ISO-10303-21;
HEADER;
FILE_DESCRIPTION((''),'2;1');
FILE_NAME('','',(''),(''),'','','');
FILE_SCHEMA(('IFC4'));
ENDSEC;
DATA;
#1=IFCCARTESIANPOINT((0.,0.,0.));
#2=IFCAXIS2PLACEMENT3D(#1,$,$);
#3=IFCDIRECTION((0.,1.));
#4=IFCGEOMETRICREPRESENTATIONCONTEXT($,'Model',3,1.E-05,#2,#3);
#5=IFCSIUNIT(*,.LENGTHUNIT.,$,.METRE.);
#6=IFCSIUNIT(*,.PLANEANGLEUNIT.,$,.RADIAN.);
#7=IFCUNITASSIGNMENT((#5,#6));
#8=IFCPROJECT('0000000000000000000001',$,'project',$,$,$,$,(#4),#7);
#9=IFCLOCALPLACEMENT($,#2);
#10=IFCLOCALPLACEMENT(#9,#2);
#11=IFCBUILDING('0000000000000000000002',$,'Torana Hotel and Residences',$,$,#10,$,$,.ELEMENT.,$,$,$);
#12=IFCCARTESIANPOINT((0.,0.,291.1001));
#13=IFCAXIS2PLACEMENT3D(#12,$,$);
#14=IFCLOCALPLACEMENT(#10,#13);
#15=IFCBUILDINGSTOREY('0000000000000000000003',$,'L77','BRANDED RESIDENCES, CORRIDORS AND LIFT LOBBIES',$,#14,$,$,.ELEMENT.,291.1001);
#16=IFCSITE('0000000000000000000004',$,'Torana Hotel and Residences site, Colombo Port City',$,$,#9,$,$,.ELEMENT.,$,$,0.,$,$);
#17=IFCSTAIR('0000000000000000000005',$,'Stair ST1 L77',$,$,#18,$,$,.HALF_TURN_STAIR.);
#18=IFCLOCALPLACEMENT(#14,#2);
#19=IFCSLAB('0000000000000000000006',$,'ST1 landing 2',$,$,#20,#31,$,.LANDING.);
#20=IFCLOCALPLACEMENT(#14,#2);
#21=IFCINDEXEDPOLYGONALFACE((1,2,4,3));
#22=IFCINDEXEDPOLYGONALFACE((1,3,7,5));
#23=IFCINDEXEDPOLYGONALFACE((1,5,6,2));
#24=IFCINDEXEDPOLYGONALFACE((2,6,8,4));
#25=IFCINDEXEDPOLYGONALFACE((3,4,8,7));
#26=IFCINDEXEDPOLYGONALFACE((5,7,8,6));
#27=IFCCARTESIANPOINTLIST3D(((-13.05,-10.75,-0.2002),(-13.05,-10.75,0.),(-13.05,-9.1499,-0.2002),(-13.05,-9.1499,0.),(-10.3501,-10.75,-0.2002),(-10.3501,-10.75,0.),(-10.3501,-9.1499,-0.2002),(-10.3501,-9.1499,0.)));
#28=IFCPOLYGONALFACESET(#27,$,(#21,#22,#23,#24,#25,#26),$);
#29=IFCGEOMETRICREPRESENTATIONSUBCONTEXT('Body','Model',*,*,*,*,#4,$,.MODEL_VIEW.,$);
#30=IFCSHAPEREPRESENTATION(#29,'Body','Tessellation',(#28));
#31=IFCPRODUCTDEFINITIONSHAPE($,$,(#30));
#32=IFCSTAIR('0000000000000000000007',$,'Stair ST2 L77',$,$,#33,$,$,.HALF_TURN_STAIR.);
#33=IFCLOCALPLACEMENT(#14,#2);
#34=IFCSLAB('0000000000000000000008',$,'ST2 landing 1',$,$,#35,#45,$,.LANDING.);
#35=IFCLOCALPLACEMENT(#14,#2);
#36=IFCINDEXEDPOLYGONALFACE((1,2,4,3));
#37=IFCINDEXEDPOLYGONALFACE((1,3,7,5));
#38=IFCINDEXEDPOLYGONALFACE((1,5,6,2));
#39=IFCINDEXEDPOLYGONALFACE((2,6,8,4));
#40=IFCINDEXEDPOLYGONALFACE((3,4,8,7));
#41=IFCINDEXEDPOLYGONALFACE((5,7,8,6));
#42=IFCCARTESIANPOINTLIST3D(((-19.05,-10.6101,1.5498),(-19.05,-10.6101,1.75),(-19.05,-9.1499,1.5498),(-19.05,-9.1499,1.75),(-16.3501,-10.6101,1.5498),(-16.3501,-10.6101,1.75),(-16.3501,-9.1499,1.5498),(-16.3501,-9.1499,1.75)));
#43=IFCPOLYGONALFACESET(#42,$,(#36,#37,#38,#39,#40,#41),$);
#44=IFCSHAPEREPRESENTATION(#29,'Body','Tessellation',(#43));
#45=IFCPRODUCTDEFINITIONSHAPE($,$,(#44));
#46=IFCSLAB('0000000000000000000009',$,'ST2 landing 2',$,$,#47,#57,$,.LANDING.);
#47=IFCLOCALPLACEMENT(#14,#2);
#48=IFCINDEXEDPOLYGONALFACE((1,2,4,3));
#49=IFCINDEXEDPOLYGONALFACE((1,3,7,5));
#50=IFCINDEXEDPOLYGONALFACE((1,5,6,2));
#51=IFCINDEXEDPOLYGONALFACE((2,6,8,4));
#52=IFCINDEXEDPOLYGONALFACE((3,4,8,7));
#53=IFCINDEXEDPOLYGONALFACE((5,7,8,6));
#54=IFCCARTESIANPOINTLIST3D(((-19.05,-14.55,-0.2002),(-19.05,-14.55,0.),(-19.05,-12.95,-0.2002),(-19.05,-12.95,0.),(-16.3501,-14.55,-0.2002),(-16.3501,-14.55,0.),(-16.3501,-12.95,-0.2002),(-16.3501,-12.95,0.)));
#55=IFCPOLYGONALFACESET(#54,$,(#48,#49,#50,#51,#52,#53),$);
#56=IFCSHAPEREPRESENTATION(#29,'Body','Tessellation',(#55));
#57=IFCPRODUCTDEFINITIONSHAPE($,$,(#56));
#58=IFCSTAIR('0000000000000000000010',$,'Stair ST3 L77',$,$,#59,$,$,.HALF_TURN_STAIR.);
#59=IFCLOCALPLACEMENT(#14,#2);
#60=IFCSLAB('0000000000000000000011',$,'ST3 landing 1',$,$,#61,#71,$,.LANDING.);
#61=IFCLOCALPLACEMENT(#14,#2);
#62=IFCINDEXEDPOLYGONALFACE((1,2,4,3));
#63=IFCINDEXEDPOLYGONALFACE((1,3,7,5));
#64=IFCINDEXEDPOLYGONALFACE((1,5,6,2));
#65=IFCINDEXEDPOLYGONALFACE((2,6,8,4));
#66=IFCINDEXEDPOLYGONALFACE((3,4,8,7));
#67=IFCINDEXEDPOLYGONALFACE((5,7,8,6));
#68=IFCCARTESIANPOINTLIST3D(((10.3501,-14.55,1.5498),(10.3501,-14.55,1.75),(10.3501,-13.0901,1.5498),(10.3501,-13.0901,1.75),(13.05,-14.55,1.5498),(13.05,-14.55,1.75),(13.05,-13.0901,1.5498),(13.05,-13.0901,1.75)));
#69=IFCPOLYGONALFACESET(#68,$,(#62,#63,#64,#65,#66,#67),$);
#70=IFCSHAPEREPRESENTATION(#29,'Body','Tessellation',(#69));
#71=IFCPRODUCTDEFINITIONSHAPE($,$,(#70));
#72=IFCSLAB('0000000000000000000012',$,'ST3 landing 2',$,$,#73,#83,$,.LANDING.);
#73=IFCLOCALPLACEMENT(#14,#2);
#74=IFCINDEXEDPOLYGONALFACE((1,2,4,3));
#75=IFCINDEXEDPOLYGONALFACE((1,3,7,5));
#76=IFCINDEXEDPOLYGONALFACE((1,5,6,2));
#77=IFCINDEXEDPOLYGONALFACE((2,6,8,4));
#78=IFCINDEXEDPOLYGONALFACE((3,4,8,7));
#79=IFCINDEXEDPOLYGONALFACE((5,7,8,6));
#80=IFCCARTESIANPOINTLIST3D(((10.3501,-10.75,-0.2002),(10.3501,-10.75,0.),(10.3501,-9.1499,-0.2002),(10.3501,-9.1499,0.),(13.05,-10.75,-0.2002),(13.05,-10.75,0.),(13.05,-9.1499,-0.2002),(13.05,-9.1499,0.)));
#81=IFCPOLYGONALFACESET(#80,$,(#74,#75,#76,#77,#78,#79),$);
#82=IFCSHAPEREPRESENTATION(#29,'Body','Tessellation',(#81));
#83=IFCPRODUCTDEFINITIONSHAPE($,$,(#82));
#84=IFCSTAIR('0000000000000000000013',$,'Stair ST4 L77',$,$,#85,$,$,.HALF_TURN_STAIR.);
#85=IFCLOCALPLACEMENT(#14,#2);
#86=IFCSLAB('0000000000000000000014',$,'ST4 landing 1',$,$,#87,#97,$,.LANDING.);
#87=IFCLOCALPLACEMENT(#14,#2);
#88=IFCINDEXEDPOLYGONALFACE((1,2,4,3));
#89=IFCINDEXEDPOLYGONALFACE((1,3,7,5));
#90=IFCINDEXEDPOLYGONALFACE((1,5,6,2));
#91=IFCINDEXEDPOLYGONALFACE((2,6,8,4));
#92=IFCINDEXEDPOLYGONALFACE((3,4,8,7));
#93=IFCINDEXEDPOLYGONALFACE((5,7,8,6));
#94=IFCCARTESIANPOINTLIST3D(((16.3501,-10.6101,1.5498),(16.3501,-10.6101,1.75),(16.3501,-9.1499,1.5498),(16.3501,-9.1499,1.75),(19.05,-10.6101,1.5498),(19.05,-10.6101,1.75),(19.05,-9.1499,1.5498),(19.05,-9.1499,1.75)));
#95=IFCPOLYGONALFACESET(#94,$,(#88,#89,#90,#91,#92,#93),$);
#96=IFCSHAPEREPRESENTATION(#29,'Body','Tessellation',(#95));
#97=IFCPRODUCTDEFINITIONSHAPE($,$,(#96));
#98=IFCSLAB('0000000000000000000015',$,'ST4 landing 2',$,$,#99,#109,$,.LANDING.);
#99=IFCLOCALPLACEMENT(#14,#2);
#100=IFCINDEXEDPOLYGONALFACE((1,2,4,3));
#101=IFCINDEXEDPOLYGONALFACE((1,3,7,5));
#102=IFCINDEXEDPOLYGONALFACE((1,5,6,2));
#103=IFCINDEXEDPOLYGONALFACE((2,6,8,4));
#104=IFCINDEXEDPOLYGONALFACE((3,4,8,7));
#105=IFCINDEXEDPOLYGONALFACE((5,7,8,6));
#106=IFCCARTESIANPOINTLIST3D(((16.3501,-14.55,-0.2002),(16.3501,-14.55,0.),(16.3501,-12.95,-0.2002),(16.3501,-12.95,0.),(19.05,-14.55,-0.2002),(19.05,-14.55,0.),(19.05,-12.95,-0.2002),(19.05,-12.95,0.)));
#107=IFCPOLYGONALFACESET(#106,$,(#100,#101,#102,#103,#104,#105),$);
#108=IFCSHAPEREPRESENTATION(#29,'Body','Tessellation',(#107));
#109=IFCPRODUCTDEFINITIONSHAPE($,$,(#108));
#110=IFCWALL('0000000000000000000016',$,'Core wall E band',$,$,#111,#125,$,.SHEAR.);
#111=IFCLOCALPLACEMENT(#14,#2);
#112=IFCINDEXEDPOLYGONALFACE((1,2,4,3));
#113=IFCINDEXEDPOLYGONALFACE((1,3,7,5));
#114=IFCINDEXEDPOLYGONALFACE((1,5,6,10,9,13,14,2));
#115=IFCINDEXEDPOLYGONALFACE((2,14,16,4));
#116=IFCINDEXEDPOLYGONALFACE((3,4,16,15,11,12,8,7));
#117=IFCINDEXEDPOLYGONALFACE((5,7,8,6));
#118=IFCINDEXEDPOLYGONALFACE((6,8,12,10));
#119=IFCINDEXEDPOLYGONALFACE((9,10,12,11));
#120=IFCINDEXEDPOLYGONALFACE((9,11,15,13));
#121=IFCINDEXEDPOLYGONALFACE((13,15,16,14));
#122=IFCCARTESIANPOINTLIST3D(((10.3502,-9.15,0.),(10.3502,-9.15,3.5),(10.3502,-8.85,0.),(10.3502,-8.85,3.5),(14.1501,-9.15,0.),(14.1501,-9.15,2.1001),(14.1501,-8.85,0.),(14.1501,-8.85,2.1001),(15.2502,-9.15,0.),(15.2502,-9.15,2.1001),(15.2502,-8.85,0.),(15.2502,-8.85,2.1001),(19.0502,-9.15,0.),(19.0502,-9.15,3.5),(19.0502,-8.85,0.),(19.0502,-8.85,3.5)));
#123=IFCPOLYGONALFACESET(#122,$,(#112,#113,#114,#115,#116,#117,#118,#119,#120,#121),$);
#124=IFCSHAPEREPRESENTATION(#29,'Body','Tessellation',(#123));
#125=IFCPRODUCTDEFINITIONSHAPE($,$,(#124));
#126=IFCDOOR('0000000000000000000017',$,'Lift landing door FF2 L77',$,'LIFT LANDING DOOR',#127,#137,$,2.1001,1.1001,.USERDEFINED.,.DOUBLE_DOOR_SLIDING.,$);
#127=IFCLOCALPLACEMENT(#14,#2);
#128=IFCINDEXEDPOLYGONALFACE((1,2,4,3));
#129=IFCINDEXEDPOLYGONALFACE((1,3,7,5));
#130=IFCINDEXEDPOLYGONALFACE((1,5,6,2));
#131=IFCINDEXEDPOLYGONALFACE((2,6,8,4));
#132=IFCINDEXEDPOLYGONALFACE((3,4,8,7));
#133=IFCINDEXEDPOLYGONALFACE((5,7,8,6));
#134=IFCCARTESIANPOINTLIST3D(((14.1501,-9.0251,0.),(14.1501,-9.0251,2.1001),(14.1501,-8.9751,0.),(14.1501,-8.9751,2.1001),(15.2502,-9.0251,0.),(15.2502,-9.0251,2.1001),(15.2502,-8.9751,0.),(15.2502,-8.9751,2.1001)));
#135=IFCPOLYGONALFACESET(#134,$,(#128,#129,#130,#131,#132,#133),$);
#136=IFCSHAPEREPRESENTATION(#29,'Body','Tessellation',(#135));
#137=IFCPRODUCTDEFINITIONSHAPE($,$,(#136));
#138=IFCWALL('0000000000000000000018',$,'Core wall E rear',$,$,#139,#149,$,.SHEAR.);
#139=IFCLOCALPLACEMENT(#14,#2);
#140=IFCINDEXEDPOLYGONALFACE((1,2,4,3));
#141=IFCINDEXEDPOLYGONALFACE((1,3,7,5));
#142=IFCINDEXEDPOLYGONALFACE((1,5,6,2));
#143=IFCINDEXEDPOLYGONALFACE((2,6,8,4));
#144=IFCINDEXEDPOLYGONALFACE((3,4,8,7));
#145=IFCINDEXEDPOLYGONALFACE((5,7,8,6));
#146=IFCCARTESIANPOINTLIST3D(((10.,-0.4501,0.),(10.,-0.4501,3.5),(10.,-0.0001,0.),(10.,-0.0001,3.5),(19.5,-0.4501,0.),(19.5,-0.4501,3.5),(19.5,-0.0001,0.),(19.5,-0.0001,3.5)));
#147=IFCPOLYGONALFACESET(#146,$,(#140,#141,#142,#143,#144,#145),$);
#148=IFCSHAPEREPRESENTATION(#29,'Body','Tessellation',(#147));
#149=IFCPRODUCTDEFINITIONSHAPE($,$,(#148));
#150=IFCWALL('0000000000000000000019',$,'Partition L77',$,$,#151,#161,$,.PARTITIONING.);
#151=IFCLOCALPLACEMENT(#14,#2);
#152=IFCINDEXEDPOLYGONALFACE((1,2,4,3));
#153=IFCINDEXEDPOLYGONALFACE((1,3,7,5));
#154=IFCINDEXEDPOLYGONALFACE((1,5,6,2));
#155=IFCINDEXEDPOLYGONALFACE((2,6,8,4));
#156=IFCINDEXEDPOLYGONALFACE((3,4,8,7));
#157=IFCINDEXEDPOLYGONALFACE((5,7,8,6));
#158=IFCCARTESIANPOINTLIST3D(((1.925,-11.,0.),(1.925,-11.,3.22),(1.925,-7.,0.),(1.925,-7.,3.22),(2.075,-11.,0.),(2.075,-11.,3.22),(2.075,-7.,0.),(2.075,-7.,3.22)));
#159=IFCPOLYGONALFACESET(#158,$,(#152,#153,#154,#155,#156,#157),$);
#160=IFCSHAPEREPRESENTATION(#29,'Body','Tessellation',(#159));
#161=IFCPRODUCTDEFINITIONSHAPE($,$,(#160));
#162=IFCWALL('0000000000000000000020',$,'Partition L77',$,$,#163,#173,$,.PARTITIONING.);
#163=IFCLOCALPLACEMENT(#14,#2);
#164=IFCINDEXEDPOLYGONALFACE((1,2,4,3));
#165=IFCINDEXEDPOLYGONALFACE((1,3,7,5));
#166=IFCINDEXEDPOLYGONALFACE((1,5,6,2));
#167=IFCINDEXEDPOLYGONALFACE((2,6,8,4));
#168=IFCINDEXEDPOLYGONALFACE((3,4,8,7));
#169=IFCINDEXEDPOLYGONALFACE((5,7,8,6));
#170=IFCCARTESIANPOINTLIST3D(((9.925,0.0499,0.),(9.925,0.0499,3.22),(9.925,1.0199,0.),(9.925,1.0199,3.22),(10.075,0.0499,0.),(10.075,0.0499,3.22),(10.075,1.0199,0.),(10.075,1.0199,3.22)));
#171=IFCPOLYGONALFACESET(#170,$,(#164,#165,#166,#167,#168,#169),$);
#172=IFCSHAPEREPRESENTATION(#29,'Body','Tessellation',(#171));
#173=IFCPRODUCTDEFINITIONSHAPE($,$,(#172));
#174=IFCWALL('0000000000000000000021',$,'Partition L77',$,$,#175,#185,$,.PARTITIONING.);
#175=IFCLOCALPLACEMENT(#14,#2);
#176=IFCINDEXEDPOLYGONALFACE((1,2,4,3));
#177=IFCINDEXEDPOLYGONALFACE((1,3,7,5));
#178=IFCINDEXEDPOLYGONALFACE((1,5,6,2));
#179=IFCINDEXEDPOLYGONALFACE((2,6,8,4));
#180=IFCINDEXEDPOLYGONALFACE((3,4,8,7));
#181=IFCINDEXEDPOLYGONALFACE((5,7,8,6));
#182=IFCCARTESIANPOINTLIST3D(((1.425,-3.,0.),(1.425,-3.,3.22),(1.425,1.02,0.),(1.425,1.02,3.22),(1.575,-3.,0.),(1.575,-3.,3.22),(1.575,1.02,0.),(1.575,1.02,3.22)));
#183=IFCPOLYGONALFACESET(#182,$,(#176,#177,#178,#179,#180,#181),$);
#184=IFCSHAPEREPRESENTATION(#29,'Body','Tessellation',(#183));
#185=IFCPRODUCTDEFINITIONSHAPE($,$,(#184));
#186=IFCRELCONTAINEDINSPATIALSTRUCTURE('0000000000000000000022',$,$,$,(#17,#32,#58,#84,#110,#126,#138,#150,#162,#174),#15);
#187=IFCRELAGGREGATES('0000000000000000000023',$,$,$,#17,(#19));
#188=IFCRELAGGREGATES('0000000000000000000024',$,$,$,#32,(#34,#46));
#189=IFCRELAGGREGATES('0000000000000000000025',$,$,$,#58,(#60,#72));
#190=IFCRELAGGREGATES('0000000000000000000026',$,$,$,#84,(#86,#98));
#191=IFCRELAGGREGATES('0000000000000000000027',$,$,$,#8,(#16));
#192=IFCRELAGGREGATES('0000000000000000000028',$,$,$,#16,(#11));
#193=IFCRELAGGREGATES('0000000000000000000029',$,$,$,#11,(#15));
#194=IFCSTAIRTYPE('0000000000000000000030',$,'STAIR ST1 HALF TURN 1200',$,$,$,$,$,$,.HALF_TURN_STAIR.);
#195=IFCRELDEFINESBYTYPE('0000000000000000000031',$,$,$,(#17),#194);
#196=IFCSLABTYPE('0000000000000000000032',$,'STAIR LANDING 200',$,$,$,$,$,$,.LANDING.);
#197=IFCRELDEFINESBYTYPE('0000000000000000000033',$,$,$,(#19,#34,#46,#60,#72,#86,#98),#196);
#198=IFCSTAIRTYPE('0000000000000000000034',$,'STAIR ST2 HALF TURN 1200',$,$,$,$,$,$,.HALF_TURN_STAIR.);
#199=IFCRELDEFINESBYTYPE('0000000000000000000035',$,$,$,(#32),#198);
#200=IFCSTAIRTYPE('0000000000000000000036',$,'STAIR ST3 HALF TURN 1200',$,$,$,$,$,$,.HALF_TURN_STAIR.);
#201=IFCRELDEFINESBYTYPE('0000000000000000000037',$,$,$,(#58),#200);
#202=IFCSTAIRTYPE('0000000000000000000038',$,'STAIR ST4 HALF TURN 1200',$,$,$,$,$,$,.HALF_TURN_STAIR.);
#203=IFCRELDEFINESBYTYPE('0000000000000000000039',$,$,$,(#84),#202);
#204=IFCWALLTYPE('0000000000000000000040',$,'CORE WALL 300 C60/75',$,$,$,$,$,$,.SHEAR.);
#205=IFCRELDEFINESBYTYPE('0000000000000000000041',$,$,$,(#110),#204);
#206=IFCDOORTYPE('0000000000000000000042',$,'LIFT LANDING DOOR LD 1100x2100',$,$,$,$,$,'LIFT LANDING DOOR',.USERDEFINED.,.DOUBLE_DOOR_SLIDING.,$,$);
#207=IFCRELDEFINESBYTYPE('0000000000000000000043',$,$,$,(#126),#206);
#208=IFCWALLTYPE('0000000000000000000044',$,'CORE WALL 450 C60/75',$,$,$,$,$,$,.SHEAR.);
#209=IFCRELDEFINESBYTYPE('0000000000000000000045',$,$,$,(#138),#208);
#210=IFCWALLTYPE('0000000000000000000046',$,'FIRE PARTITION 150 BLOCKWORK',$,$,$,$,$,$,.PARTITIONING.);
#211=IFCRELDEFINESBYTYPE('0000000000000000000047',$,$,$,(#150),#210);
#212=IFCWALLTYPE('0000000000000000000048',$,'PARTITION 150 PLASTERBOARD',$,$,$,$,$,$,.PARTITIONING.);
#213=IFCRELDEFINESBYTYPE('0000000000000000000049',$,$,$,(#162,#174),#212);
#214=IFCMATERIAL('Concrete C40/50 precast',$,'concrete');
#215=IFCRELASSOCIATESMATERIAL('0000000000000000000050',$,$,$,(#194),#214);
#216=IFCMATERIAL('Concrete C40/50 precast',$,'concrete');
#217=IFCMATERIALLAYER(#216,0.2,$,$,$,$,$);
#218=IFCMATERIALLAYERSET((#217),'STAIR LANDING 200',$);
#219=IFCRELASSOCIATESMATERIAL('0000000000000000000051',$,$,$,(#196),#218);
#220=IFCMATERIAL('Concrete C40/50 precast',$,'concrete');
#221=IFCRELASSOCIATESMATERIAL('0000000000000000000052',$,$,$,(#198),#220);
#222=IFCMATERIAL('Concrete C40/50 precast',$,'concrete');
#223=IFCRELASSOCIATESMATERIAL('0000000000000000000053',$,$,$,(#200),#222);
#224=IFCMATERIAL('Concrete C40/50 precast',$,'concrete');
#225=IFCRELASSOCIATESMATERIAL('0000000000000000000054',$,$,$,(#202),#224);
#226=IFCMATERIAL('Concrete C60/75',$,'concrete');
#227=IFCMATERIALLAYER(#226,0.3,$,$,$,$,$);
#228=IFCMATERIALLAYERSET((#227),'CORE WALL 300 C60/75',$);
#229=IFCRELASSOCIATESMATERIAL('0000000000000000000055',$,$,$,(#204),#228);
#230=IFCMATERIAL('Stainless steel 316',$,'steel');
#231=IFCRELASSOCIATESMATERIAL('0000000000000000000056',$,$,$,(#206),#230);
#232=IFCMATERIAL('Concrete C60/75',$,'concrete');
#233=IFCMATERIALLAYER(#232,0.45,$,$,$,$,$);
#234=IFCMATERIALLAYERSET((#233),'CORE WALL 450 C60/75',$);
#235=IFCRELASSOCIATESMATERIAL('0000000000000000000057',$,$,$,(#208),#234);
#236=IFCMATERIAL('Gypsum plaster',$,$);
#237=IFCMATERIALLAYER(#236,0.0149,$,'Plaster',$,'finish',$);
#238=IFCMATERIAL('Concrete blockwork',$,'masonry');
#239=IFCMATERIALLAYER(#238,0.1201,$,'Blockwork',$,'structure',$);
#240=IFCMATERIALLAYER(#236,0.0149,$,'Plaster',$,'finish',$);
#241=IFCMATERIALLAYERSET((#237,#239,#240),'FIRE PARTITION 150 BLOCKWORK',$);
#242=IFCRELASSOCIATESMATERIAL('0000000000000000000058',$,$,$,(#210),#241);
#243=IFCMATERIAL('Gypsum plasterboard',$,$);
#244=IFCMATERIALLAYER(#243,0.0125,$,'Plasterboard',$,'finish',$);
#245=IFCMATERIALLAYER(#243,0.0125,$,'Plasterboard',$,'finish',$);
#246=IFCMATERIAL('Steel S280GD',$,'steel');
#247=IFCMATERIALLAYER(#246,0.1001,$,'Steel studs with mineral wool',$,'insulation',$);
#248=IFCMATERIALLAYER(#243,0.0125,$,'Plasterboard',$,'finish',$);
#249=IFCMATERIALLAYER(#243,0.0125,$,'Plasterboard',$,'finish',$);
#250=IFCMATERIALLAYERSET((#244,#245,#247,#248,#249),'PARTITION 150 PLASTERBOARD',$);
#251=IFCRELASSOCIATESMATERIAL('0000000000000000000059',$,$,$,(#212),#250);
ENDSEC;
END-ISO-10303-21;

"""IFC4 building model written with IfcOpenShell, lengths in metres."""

from ifc_helpers import new_model, si_unit, direction, frame, frame_2d, origin, place, context, subcontext, project, spatial, polyline, rectangle, outline, extrude, material, layer, layer_set, type_object, element, fill, aggregate, save


model = new_model("IFC4")

# Units and contexts
model_context = context("Model", 3, precision=1e-05, world=origin(), true_north=direction((0.0, 1.0)))
body_context = subcontext(model_context, "Body", "Model", "MODEL_VIEW")
ifc_project = project(units=[si_unit("LENGTHUNIT", "METRE"), si_unit("PLANEANGLEUNIT", "RADIAN")], contexts=[model_context])

# Site, building, storey
site_placement = place(None, origin())
site = spatial("IfcSite", under=ifc_project, at=site_placement, Name="Torana Hotel and Residences site, Colombo Port City", CompositionType="ELEMENT", RefElevation=0.0)
building_placement = place(site_placement, origin())
building = spatial("IfcBuilding", under=site, at=building_placement, Name="Torana Hotel and Residences", CompositionType="ELEMENT")
storey_placement = place(building_placement, frame((0.0, 0.0, 291.1001)))
storey = spatial("IfcBuildingStorey", under=building, at=storey_placement, Name="L77", Description="BRANDED RESIDENCES, CORRIDORS AND LIFT LOBBIES", CompositionType="ELEMENT", Elevation=291.1001)

# Stairs, slabs
ifc_material_1 = material(Name="Concrete C40/50 precast", Category="concrete")
stair_type_1 = type_object("IfcStairType", Name="STAIR ST1 HALF TURN 1200", PredefinedType="HALF_TURN_STAIR", material=ifc_material_1)
stair_1_placement = place(storey_placement, origin())
stair_1 = element("IfcStair", 1, at=stair_1_placement, inside=storey, type_object=stair_type_1, Name="Stair ST1 L77", PredefinedType="HALF_TURN_STAIR")
ifc_material_2 = material(Name="Concrete C40/50 precast", Category="concrete")
ifc_layer_1 = layer(ifc_material_2, 0.2)
ifc_layer_set_1 = layer_set([ifc_layer_1], Name="STAIR LANDING 200")
slab_type_1 = type_object("IfcSlabType", Name="STAIR LANDING 200", PredefinedType="LANDING", material=ifc_layer_set_1)
slab_1_placement = place(storey_placement, frame((0.0, 0.0, -0.2002)))
slab_1 = element("IfcSlab", 2, at=slab_1_placement, type_object=slab_type_1, Name="ST1 landing 2", PredefinedType="LANDING", context=body_context, shape_type="SweptSolid", body=[
    extrude(outline(polyline([(-13.05, -10.75), (-10.3501, -10.75), (-10.3501, -9.1499), (-13.05, -9.1499), (-13.05, -10.75)])), origin(), (0.0, 0.0, 1.0), 0.2002),
])
aggregate(stair_1, [slab_1])
ifc_material_3 = material(Name="Concrete C40/50 precast", Category="concrete")
stair_type_2 = type_object("IfcStairType", Name="STAIR ST2 HALF TURN 1200", PredefinedType="HALF_TURN_STAIR", material=ifc_material_3)
stair_2_placement = place(storey_placement, origin())
stair_2 = element("IfcStair", 3, at=stair_2_placement, inside=storey, type_object=stair_type_2, Name="Stair ST2 L77", PredefinedType="HALF_TURN_STAIR")
slab_2_placement = place(storey_placement, frame((0.0, 0.0, 1.5498)))
slab_2 = element("IfcSlab", 4, at=slab_2_placement, type_object=slab_type_1, Name="ST2 landing 1", PredefinedType="LANDING", context=body_context, shape_type="SweptSolid", body=[
    extrude(outline(polyline([(-19.05, -10.6101), (-16.3501, -10.6101), (-16.3501, -9.1499), (-19.05, -9.1499), (-19.05, -10.6101)])), origin(), (0.0, 0.0, 1.0), 0.2002),
])
slab_3_placement = place(storey_placement, frame((0.0, 0.0, -0.2002)))
slab_3 = element("IfcSlab", 5, at=slab_3_placement, type_object=slab_type_1, Name="ST2 landing 2", PredefinedType="LANDING", context=body_context, shape_type="SweptSolid", body=[
    extrude(outline(polyline([(-19.05, -14.55), (-16.3501, -14.55), (-16.3501, -12.95), (-19.05, -12.95), (-19.05, -14.55)])), origin(), (0.0, 0.0, 1.0), 0.2002),
])
aggregate(stair_2, [slab_2, slab_3])
ifc_material_4 = material(Name="Concrete C40/50 precast", Category="concrete")
stair_type_3 = type_object("IfcStairType", Name="STAIR ST3 HALF TURN 1200", PredefinedType="HALF_TURN_STAIR", material=ifc_material_4)
stair_3_placement = place(storey_placement, origin())
stair_3 = element("IfcStair", 6, at=stair_3_placement, inside=storey, type_object=stair_type_3, Name="Stair ST3 L77", PredefinedType="HALF_TURN_STAIR")
slab_4_placement = place(storey_placement, frame((0.0, 0.0, 1.5498)))
slab_4 = element("IfcSlab", 7, at=slab_4_placement, type_object=slab_type_1, Name="ST3 landing 1", PredefinedType="LANDING", context=body_context, shape_type="SweptSolid", body=[
    extrude(outline(polyline([(10.3501, -14.55), (13.05, -14.55), (13.05, -13.0901), (10.3501, -13.0901), (10.3501, -14.55)])), origin(), (0.0, 0.0, 1.0), 0.2002),
])
slab_5_placement = place(storey_placement, frame((0.0, 0.0, -0.2002)))
slab_5 = element("IfcSlab", 8, at=slab_5_placement, type_object=slab_type_1, Name="ST3 landing 2", PredefinedType="LANDING", context=body_context, shape_type="SweptSolid", body=[
    extrude(outline(polyline([(10.3501, -10.75), (13.05, -10.75), (13.05, -9.1499), (10.3501, -9.1499), (10.3501, -10.75)])), origin(), (0.0, 0.0, 1.0), 0.2002),
])
aggregate(stair_3, [slab_4, slab_5])
ifc_material_5 = material(Name="Concrete C40/50 precast", Category="concrete")
stair_type_4 = type_object("IfcStairType", Name="STAIR ST4 HALF TURN 1200", PredefinedType="HALF_TURN_STAIR", material=ifc_material_5)
stair_4_placement = place(storey_placement, origin())
stair_4 = element("IfcStair", 9, at=stair_4_placement, inside=storey, type_object=stair_type_4, Name="Stair ST4 L77", PredefinedType="HALF_TURN_STAIR")
slab_6_placement = place(storey_placement, frame((0.0, 0.0, 1.5498)))
slab_6 = element("IfcSlab", 10, at=slab_6_placement, type_object=slab_type_1, Name="ST4 landing 1", PredefinedType="LANDING", context=body_context, shape_type="SweptSolid", body=[
    extrude(outline(polyline([(16.3501, -10.6101), (19.05, -10.6101), (19.05, -9.1499), (16.3501, -9.1499), (16.3501, -10.6101)])), origin(), (0.0, 0.0, 1.0), 0.2002),
])
slab_7_placement = place(storey_placement, frame((0.0, 0.0, -0.2002)))
slab_7 = element("IfcSlab", 11, at=slab_7_placement, type_object=slab_type_1, Name="ST4 landing 2", PredefinedType="LANDING", context=body_context, shape_type="SweptSolid", body=[
    extrude(outline(polyline([(16.3501, -14.55), (19.05, -14.55), (19.05, -12.95), (16.3501, -12.95), (16.3501, -14.55)])), origin(), (0.0, 0.0, 1.0), 0.2002),
])
aggregate(stair_4, [slab_6, slab_7])

# Wall, opening, door
ifc_material_6 = material(Name="Concrete C60/75", Category="concrete")
ifc_layer_2 = layer(ifc_material_6, 0.3)
ifc_layer_set_2 = layer_set([ifc_layer_2], Name="CORE WALL 300 C60/75")
wall_type_1 = type_object("IfcWallType", Name="CORE WALL 300 C60/75", PredefinedType="SHEAR", material=ifc_layer_set_2)
wall_1_placement = place(storey_placement, frame((10.3501, -9.0, 0.0), z_axis=(0.0, 0.0, 1.0), x_axis=(1.0, 0.0, 0.0)))
wall_1 = element("IfcWall", 12, at=wall_1_placement, inside=storey, type_object=wall_type_1, Name="Core wall E band", PredefinedType="SHEAR", context=body_context, shape_type="SweptSolid", body=[
    extrude(rectangle(XDim=8.7, YDim=0.3, at=frame_2d((4.3501, 0.0))), origin(), (0.0, 0.0, 1.0), 3.5),
])
opening_placement = place(wall_1_placement, frame((3.8, 0.0, 0.0)))
opening = element("IfcOpeningElement", 13, at=opening_placement, cuts=wall_1, PredefinedType="OPENING", context=body_context, shape_type="SweptSolid", body=[
    extrude(rectangle(XDim=1.1001, YDim=2.1001, at=frame_2d((0.55, 1.05))), frame((0.0, 0.1599, 0.0), z_axis=(0.0, -1.0, 0.0), x_axis=(1.0, 0.0, 0.0)), (0.0, 0.0, 1.0), 0.3201),
])
ifc_material_7 = material(Name="Stainless steel 316", Category="steel")
door_type = type_object("IfcDoorType", Name="LIFT LANDING DOOR LD 1100x2100", ElementType="LIFT LANDING DOOR", OperationType="DOUBLE_DOOR_SLIDING", PredefinedType="USERDEFINED", material=ifc_material_7)
door_placement = place(opening_placement, origin())
door = element("IfcDoor", 14, at=door_placement, inside=storey, type_object=door_type, Name="Lift landing door FF2 L77", ObjectType="LIFT LANDING DOOR", OperationType="DOUBLE_DOOR_SLIDING", OverallHeight=2.1001, OverallWidth=1.1001, PredefinedType="USERDEFINED", context=body_context, shape_type="SweptSolid", body=[
    extrude(rectangle(XDim=1.1001, YDim=2.1001, at=frame_2d((0.55, 1.05))), frame((0.0, 0.0249, 0.0), z_axis=(0.0, -1.0, 0.0), x_axis=(1.0, 0.0, 0.0)), (0.0, 0.0, 1.0), 0.05),
])
fill(opening, door)

# Walls
ifc_material_8 = material(Name="Concrete C60/75", Category="concrete")
ifc_layer_3 = layer(ifc_material_8, 0.45)
ifc_layer_set_3 = layer_set([ifc_layer_3], Name="CORE WALL 450 C60/75")
wall_type_2 = type_object("IfcWallType", Name="CORE WALL 450 C60/75", PredefinedType="SHEAR", material=ifc_layer_set_3)
wall_2_placement = place(storey_placement, frame((10.0, -0.2251, 0.0), z_axis=(0.0, 0.0, 1.0), x_axis=(1.0, 0.0, 0.0)))
element("IfcWall", 15, at=wall_2_placement, inside=storey, type_object=wall_type_2, Name="Core wall E rear", PredefinedType="SHEAR", context=body_context, shape_type="SweptSolid", body=[
    extrude(rectangle(XDim=9.5, YDim=0.45, at=frame_2d((4.75, 0.0))), origin(), (0.0, 0.0, 1.0), 3.5),
])
ifc_material_9 = material(Name="Gypsum plaster")
ifc_layer_4 = layer(ifc_material_9, 0.0149, Name="Plaster", Category="finish")
ifc_material_10 = material(Name="Concrete blockwork", Category="masonry")
ifc_layer_5 = layer(ifc_material_10, 0.1201, Name="Blockwork", Category="structure")
ifc_layer_6 = layer(ifc_material_9, 0.0149, Name="Plaster", Category="finish")
ifc_layer_set_4 = layer_set([ifc_layer_4, ifc_layer_5, ifc_layer_6], Name="FIRE PARTITION 150 BLOCKWORK")
wall_type_3 = type_object("IfcWallType", Name="FIRE PARTITION 150 BLOCKWORK", PredefinedType="PARTITIONING", material=ifc_layer_set_4)
wall_3_placement = place(storey_placement, frame((2.0, -11.0, 0.0), z_axis=(0.0, 0.0, 1.0), x_axis=(0.0, 1.0, 0.0)))
element("IfcWall", 16, at=wall_3_placement, inside=storey, type_object=wall_type_3, Name="Partition L77", PredefinedType="PARTITIONING", context=body_context, shape_type="SweptSolid", body=[
    extrude(rectangle(XDim=4.0, YDim=0.1499, at=frame_2d((2.0, 0.0))), origin(), (0.0, 0.0, 1.0), 3.22),
])
ifc_material_11 = material(Name="Gypsum plasterboard")
ifc_layer_7 = layer(ifc_material_11, 0.0125, Name="Plasterboard", Category="finish")
ifc_layer_8 = layer(ifc_material_11, 0.0125, Name="Plasterboard", Category="finish")
ifc_material_12 = material(Name="Steel S280GD", Category="steel")
ifc_layer_9 = layer(ifc_material_12, 0.1001, Name="Steel studs with mineral wool", Category="insulation")
ifc_layer_10 = layer(ifc_material_11, 0.0125, Name="Plasterboard", Category="finish")
ifc_layer_11 = layer(ifc_material_11, 0.0125, Name="Plasterboard", Category="finish")
ifc_layer_set_5 = layer_set([ifc_layer_7, ifc_layer_8, ifc_layer_9, ifc_layer_10, ifc_layer_11], Name="PARTITION 150 PLASTERBOARD")
wall_type_4 = type_object("IfcWallType", Name="PARTITION 150 PLASTERBOARD", PredefinedType="PARTITIONING", material=ifc_layer_set_5)
wall_4_placement = place(storey_placement, frame((10.0, 0.05, 0.0), z_axis=(0.0, 0.0, 1.0), x_axis=(0.0, 1.0, 0.0)))
element("IfcWall", 17, at=wall_4_placement, inside=storey, type_object=wall_type_4, Name="Partition L77", PredefinedType="PARTITIONING", context=body_context, shape_type="SweptSolid", body=[
    extrude(rectangle(XDim=0.97, YDim=0.1499, at=frame_2d((0.4849, 0.0))), origin(), (0.0, 0.0, 1.0), 3.22),
])
wall_5_placement = place(storey_placement, frame((1.5, -3.0, 0.0), z_axis=(0.0, 0.0, 1.0), x_axis=(0.0, 1.0, 0.0)))
element("IfcWall", 18, at=wall_5_placement, inside=storey, type_object=wall_type_4, Name="Partition L77", PredefinedType="PARTITIONING", context=body_context, shape_type="SweptSolid", body=[
    extrude(rectangle(XDim=4.02, YDim=0.1499, at=frame_2d((2.01, 0.0))), origin(), (0.0, 0.0, 1.0), 3.22),
])

save(model, "model.ifc")
